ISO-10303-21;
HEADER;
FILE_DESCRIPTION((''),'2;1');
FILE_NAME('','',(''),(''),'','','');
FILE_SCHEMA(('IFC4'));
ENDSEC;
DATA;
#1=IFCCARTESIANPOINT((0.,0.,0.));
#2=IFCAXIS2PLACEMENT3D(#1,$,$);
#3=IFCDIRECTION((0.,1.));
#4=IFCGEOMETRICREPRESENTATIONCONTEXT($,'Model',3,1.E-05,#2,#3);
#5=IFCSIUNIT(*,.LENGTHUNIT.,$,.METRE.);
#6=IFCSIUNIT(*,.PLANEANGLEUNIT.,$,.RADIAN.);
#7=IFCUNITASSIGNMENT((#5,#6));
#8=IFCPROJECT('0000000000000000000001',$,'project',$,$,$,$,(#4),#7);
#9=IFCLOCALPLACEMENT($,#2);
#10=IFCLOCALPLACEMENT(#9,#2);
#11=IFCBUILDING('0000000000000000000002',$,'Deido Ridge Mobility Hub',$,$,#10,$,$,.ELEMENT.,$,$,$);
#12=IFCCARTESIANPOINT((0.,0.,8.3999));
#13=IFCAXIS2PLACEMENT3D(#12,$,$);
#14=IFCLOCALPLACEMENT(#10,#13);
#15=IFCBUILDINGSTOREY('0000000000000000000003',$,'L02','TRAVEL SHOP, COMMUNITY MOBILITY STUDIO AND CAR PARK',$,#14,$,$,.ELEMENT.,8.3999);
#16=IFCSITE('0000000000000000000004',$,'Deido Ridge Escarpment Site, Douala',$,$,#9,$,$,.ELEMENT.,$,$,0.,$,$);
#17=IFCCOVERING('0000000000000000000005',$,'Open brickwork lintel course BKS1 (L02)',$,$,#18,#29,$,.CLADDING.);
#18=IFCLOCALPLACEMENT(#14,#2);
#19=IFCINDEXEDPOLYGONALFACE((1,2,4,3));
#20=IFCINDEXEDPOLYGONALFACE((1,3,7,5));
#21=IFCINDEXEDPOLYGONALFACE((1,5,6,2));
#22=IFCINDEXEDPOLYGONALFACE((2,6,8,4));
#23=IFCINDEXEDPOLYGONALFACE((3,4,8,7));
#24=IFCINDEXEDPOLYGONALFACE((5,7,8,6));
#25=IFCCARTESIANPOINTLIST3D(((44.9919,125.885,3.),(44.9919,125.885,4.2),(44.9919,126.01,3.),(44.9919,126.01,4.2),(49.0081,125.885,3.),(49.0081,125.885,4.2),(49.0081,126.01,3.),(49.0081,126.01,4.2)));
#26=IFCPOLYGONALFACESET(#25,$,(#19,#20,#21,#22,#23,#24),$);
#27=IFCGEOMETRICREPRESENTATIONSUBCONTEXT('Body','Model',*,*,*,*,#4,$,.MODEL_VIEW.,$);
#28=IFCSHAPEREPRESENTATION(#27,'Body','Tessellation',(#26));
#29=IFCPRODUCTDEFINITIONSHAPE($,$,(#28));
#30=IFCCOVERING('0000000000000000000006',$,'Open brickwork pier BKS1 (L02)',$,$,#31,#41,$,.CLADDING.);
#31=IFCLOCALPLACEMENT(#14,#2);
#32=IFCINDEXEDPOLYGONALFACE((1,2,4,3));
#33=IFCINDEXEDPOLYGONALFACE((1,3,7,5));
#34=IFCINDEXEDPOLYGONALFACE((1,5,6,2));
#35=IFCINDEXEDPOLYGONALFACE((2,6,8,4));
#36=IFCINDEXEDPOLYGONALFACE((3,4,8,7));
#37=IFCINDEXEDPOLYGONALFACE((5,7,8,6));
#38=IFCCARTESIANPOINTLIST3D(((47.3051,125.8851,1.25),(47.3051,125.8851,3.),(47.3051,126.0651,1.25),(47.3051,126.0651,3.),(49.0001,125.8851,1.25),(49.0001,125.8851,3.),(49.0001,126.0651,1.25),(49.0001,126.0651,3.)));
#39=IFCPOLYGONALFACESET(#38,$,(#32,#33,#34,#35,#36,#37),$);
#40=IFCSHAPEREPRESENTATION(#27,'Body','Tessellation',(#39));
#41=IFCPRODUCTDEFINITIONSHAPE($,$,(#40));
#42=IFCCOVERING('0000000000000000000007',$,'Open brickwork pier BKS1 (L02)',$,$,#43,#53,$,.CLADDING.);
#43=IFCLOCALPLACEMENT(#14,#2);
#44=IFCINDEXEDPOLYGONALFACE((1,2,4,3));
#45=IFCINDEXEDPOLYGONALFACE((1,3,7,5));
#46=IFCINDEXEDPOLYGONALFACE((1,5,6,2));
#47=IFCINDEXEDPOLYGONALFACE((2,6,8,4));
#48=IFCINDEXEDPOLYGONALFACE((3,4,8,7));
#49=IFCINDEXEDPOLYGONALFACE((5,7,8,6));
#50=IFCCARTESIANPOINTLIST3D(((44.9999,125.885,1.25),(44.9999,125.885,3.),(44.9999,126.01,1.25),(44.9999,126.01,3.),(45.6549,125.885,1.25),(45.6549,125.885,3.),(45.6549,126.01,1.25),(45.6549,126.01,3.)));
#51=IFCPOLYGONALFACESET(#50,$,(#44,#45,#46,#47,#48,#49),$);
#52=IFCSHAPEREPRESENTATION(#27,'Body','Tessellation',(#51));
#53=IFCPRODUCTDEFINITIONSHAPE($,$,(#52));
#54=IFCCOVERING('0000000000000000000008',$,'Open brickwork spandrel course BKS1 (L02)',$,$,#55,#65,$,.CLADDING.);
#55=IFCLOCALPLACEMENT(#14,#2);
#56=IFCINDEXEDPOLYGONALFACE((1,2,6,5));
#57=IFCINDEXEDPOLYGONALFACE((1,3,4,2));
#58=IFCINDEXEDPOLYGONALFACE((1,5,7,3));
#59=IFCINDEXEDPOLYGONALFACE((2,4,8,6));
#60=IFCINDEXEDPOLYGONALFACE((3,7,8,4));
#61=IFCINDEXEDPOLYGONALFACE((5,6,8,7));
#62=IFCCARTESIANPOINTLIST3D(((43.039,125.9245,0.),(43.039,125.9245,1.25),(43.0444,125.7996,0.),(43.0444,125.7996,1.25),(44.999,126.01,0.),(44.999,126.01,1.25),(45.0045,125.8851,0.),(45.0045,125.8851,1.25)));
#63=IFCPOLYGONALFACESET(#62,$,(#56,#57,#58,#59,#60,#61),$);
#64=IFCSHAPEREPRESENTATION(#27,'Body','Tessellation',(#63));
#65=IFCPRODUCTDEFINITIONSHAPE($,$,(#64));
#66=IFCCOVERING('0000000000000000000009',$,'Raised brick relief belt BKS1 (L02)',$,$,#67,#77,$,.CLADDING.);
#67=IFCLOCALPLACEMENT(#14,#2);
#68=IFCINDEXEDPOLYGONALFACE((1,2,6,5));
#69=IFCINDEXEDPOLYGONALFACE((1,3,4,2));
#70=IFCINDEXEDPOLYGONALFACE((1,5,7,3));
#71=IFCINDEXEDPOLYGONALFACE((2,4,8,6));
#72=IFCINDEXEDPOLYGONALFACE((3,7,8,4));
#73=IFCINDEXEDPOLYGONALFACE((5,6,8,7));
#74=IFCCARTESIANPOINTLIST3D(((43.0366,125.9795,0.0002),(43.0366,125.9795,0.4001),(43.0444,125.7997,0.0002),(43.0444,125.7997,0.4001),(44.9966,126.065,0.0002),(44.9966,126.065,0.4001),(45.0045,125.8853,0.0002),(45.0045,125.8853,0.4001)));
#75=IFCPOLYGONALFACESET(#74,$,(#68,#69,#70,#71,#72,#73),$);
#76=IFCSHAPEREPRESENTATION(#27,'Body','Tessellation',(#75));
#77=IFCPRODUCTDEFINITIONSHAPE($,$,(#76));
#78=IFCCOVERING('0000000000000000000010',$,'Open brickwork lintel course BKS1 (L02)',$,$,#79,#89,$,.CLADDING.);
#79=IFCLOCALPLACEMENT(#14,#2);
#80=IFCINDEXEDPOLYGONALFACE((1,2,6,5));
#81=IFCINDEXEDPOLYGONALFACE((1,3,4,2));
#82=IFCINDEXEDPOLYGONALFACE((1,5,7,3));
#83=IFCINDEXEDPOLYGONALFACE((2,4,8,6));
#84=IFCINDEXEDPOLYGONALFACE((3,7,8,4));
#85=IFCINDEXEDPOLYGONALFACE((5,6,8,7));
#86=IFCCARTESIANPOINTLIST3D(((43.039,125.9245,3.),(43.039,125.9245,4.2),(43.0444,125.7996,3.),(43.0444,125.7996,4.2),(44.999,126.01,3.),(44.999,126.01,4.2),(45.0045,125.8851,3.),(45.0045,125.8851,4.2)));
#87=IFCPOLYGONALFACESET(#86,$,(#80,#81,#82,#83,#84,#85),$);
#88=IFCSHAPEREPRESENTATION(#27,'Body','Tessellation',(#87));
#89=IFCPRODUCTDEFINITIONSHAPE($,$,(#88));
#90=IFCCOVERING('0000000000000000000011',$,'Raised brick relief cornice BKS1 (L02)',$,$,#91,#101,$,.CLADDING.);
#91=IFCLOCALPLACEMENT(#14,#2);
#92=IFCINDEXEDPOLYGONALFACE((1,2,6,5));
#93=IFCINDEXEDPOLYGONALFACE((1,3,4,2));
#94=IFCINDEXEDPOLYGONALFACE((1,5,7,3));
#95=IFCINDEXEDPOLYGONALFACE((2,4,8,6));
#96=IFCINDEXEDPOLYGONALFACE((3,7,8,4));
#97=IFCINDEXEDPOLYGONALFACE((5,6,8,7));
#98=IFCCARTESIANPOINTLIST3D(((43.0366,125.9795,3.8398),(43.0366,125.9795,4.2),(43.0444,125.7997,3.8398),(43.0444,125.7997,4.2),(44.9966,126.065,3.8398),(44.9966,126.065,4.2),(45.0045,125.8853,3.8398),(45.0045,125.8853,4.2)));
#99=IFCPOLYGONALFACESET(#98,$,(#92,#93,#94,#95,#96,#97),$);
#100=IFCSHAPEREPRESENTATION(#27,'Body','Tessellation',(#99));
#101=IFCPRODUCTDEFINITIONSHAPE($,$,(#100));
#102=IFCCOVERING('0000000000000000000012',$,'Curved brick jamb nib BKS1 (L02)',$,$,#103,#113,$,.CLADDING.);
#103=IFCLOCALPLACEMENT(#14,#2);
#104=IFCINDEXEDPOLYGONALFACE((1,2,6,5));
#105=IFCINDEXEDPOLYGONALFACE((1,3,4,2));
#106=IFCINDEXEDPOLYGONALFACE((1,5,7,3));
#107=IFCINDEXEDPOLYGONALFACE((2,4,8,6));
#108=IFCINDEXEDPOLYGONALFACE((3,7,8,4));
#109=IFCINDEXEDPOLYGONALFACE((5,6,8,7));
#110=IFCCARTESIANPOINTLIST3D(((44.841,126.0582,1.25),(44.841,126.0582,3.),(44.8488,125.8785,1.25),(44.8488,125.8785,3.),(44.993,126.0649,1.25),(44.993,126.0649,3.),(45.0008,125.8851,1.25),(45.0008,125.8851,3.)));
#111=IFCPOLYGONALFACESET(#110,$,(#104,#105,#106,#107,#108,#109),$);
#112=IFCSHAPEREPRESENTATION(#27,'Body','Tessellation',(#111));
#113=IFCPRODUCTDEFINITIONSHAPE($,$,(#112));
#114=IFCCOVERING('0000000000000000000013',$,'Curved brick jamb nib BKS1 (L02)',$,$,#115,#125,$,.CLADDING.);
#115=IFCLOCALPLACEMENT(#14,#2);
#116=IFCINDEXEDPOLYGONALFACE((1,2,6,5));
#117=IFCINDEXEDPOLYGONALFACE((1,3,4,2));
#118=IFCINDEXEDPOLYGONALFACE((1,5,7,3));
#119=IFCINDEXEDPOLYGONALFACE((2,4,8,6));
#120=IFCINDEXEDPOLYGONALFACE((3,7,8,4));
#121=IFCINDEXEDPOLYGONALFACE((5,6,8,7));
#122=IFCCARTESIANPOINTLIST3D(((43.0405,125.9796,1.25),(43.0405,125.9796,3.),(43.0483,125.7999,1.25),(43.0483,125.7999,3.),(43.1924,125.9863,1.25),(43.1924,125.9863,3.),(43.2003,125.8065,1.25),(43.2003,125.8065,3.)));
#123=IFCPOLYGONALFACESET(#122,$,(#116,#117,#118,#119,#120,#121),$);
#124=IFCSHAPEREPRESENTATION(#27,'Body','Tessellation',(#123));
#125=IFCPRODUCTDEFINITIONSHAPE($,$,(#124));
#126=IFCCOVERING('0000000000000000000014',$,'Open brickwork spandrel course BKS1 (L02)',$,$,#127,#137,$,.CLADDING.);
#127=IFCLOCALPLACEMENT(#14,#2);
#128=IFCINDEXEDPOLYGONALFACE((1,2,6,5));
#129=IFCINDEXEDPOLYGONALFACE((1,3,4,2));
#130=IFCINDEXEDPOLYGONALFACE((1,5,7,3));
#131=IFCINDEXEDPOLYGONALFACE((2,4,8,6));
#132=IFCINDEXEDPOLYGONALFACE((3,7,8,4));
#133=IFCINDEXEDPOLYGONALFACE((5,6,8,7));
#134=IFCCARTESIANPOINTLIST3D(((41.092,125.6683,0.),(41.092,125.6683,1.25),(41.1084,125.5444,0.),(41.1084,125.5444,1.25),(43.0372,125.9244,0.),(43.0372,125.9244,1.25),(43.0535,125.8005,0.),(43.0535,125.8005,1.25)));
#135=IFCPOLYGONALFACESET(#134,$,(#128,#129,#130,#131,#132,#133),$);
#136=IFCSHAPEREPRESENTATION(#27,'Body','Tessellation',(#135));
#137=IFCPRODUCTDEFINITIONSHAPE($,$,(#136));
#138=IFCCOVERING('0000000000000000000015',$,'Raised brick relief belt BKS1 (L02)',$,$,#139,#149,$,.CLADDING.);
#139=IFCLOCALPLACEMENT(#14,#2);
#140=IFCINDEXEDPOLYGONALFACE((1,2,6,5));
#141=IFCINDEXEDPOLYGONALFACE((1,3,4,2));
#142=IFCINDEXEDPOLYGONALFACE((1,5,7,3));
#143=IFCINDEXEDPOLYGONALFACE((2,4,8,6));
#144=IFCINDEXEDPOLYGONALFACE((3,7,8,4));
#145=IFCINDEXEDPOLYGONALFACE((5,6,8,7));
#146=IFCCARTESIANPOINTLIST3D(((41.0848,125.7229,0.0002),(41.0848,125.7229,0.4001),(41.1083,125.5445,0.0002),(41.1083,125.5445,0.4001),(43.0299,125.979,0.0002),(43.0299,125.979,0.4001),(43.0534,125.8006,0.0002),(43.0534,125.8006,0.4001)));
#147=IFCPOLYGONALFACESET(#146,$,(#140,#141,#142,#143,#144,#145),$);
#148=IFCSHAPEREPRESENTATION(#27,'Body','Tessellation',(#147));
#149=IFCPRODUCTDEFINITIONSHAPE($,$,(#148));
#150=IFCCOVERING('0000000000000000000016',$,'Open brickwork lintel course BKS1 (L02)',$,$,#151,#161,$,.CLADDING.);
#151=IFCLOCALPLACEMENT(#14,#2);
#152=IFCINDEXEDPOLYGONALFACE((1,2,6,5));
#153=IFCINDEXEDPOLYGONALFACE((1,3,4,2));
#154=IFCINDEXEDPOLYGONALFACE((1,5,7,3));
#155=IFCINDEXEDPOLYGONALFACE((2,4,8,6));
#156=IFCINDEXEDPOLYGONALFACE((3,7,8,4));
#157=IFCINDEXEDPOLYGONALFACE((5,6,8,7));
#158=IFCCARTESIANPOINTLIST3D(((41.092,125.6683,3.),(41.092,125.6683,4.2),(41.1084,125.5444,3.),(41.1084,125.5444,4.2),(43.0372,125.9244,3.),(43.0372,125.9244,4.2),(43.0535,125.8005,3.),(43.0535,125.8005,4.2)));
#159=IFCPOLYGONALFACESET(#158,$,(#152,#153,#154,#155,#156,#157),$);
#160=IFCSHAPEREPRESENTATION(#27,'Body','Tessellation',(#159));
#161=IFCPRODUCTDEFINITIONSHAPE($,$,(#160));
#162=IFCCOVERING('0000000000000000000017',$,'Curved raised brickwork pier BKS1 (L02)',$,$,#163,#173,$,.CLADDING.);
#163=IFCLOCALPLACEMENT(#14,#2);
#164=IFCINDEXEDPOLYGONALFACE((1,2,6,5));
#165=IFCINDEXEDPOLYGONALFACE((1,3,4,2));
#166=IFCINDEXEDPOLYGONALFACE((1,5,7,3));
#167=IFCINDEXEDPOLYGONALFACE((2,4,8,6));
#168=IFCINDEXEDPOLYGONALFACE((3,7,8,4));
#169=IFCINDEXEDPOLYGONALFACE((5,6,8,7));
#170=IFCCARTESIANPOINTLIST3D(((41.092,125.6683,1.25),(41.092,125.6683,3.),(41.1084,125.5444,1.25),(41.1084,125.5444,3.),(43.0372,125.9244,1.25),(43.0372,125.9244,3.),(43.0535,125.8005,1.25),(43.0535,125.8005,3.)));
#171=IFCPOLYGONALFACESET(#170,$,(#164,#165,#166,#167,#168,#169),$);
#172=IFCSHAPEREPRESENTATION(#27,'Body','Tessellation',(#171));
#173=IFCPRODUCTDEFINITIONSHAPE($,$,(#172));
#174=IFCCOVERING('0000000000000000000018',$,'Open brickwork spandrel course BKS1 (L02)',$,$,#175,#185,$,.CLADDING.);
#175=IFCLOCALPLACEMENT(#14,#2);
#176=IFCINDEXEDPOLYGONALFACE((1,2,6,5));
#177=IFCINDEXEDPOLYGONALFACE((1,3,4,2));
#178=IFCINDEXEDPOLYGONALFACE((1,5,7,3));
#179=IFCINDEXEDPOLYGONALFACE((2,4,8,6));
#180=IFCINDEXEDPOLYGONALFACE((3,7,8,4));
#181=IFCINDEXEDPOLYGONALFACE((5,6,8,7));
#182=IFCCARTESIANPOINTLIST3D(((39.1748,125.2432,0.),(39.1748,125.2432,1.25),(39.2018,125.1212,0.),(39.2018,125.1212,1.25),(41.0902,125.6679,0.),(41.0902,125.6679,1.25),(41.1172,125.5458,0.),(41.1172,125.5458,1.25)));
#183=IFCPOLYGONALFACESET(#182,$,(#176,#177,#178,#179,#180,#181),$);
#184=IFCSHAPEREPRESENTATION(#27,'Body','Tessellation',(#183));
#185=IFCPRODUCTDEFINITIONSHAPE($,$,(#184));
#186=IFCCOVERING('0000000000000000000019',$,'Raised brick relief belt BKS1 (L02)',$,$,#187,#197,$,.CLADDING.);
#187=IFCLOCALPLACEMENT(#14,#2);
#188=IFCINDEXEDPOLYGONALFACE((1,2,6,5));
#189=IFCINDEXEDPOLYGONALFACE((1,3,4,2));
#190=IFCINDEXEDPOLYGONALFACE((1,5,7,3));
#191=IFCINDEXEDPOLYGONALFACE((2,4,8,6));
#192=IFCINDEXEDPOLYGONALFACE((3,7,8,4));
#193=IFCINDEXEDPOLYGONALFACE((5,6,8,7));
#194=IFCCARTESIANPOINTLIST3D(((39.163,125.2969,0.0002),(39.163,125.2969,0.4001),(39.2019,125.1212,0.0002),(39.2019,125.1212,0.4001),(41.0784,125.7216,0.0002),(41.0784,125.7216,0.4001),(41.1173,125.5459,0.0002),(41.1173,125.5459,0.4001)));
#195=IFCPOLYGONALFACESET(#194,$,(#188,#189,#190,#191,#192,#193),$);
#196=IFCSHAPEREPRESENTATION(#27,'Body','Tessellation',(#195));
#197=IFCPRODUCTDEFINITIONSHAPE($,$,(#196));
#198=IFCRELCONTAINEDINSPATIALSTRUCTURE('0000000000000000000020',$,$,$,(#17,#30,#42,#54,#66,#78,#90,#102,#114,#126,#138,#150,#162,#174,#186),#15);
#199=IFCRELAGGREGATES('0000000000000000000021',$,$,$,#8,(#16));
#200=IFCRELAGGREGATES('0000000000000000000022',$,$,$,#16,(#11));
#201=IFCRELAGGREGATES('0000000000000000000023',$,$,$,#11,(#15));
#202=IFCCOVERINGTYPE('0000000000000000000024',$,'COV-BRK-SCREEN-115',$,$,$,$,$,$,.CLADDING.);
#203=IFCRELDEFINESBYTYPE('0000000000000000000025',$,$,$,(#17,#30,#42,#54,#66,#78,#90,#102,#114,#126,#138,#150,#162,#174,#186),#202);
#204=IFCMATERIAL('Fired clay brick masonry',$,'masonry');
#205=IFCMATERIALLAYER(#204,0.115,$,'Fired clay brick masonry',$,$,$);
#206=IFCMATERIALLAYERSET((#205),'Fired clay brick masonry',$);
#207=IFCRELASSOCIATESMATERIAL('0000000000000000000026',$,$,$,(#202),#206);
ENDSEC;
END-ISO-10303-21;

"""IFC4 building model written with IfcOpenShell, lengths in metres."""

from ifc_helpers import new_model, si_unit, direction, frame, origin, origin_2d, place, context, subcontext, project, spatial, rectangle, extrude, material, layer, layer_set, type_object, element, save


model = new_model("IFC4")

# Units and contexts
model_context = context("Model", 3, precision=1e-05, world=origin(), true_north=direction((0.0, 1.0)))
body_context = subcontext(model_context, "Body", "Model", "MODEL_VIEW")
ifc_project = project(units=[si_unit("LENGTHUNIT", "METRE"), si_unit("PLANEANGLEUNIT", "RADIAN")], contexts=[model_context])

# Site, building, storey
site_placement = place(None, origin())
site = spatial("IfcSite", under=ifc_project, at=site_placement, Name="Deido Ridge Escarpment Site, Douala", CompositionType="ELEMENT", RefElevation=0.0)
building_placement = place(site_placement, origin())
building = spatial("IfcBuilding", under=site, at=building_placement, Name="Deido Ridge Mobility Hub", CompositionType="ELEMENT")
storey_placement = place(building_placement, frame((0.0, 0.0, 8.3999)))
storey = spatial("IfcBuildingStorey", under=building, at=storey_placement, Name="L02", Description="TRAVEL SHOP, COMMUNITY MOBILITY STUDIO AND CAR PARK", CompositionType="ELEMENT", Elevation=8.3999)

# Coverings
ifc_material_1 = material(Name="Fired clay brick masonry", Category="masonry")
ifc_layer = layer(ifc_material_1, 0.115, Name="Fired clay brick masonry")
ifc_layer_set = layer_set([ifc_layer], Name="Fired clay brick masonry")
covering_type = type_object("IfcCoveringType", Name="COV-BRK-SCREEN-115", PredefinedType="CLADDING", material=ifc_layer_set)
covering_1_placement = place(storey_placement, frame((47.0, 125.9475, 3.0), z_axis=(0.0, 0.0, 1.0), x_axis=(-1.0, 0.0, 0.0)))
element("IfcCovering", 1, at=covering_1_placement, inside=storey, type_object=covering_type, Name="Open brickwork lintel course BKS1 (L02)", PredefinedType="CLADDING", context=body_context, shape_type="SweptSolid", body=[
    extrude(rectangle(XDim=4.0161, YDim=0.125, at=origin_2d()), origin(), (0.0, 0.0, 1.0), 1.2),
])
covering_2_placement = place(storey_placement, frame((48.1526, 125.9751, 1.25), z_axis=(0.0, 0.0, 1.0), x_axis=(-1.0, 0.0, 0.0)))
element("IfcCovering", 2, at=covering_2_placement, inside=storey, type_object=covering_type, Name="Open brickwork pier BKS1 (L02)", PredefinedType="CLADDING", context=body_context, shape_type="SweptSolid", body=[
    extrude(rectangle(XDim=1.6951, YDim=0.1799, at=origin_2d()), origin(), (0.0, 0.0, 1.0), 1.75),
])
covering_3_placement = place(storey_placement, frame((45.3274, 125.9475, 1.25), z_axis=(0.0, 0.0, 1.0), x_axis=(-1.0, 0.0, 0.0)))
element("IfcCovering", 3, at=covering_3_placement, inside=storey, type_object=covering_type, Name="Open brickwork pier BKS1 (L02)", PredefinedType="CLADDING", context=body_context, shape_type="SweptSolid", body=[
    extrude(rectangle(XDim=0.655, YDim=0.125, at=origin_2d()), origin(), (0.0, 0.0, 1.0), 1.75),
])
covering_4_placement = place(storey_placement, frame((44.0217, 125.9048, 0.0), z_axis=(0.0, 0.0, 1.0), x_axis=(-0.999049, -0.043602, 0.0)))
element("IfcCovering", 4, at=covering_4_placement, inside=storey, type_object=covering_type, Name="Open brickwork spandrel course BKS1 (L02)", PredefinedType="CLADDING", context=body_context, shape_type="SweptSolid", body=[
    extrude(rectangle(XDim=1.9619, YDim=0.125, at=origin_2d()), origin(), (0.0, 0.0, 1.0), 1.25),
])
covering_5_placement = place(storey_placement, frame((44.0205, 125.9324, 0.0002), z_axis=(0.0, 0.0, 1.0), x_axis=(-0.999049, -0.043602, 0.0)))
element("IfcCovering", 5, at=covering_5_placement, inside=storey, type_object=covering_type, Name="Raised brick relief belt BKS1 (L02)", PredefinedType="CLADDING", context=body_context, shape_type="SweptSolid", body=[
    extrude(rectangle(XDim=1.9619, YDim=0.1799, at=origin_2d()), origin(), (0.0, 0.0, 1.0), 0.3999),
])
covering_6_placement = place(storey_placement, frame((44.0217, 125.9048, 3.0), z_axis=(0.0, 0.0, 1.0), x_axis=(-0.999049, -0.043602, 0.0)))
element("IfcCovering", 6, at=covering_6_placement, inside=storey, type_object=covering_type, Name="Open brickwork lintel course BKS1 (L02)", PredefinedType="CLADDING", context=body_context, shape_type="SweptSolid", body=[
    extrude(rectangle(XDim=1.9619, YDim=0.125, at=origin_2d()), origin(), (0.0, 0.0, 1.0), 1.2),
])
covering_7_placement = place(storey_placement, frame((44.0205, 125.9324, 3.8398), z_axis=(0.0, 0.0, 1.0), x_axis=(-0.999049, -0.043602, 0.0)))
element("IfcCovering", 7, at=covering_7_placement, inside=storey, type_object=covering_type, Name="Raised brick relief cornice BKS1 (L02)", PredefinedType="CLADDING", context=body_context, shape_type="SweptSolid", body=[
    extrude(rectangle(XDim=1.9619, YDim=0.1799, at=origin_2d()), origin(), (0.0, 0.0, 1.0), 0.3601),
])
for number, where, z_axis, x_axis, name in (
    (8, (44.9209, 125.9717, 1.25), (0.0, 0.0, 1.0), (-0.999049, -0.043602, 0.0), "Curved brick jamb nib BKS1 (L02)"),
    (9, (43.1204, 125.8931, 1.25), (0.0, 0.0, 1.0), (-0.999049, -0.043602, 0.0), "Curved brick jamb nib BKS1 (L02)"),
):
    element("IfcCovering", number, at=place(storey_placement, frame(where, z_axis=z_axis, x_axis=x_axis)), inside=storey, type_object=covering_type, Name=name, PredefinedType="CLADDING", context=body_context, shape_type="SweptSolid", body=[
        extrude(rectangle(XDim=0.1521, YDim=0.1799, at=origin_2d()), origin(), (0.0, 0.0, 1.0), 1.75),
    ])
covering_8_placement = place(storey_placement, frame((42.0728, 125.7344, 0.0), z_axis=(0.0, 0.0, 1.0), x_axis=(-0.991443, -0.130543, 0.0)))
element("IfcCovering", 10, at=covering_8_placement, inside=storey, type_object=covering_type, Name="Open brickwork spandrel course BKS1 (L02)", PredefinedType="CLADDING", context=body_context, shape_type="SweptSolid", body=[
    extrude(rectangle(XDim=1.9619, YDim=0.125, at=origin_2d()), origin(), (0.0, 0.0, 1.0), 1.25),
])
covering_9_placement = place(storey_placement, frame((42.0691, 125.7617, 0.0002), z_axis=(0.0, 0.0, 1.0), x_axis=(-0.991443, -0.130543, 0.0)))
element("IfcCovering", 11, at=covering_9_placement, inside=storey, type_object=covering_type, Name="Raised brick relief belt BKS1 (L02)", PredefinedType="CLADDING", context=body_context, shape_type="SweptSolid", body=[
    extrude(rectangle(XDim=1.9619, YDim=0.1799, at=origin_2d()), origin(), (0.0, 0.0, 1.0), 0.3999),
])
covering_10_placement = place(storey_placement, frame((42.0728, 125.7344, 3.0), z_axis=(0.0, 0.0, 1.0), x_axis=(-0.991443, -0.130543, 0.0)))
element("IfcCovering", 12, at=covering_10_placement, inside=storey, type_object=covering_type, Name="Open brickwork lintel course BKS1 (L02)", PredefinedType="CLADDING", context=body_context, shape_type="SweptSolid", body=[
    extrude(rectangle(XDim=1.9619, YDim=0.125, at=origin_2d()), origin(), (0.0, 0.0, 1.0), 1.2),
])
covering_11_placement = place(storey_placement, frame((42.0728, 125.7344, 1.25), z_axis=(0.0, 0.0, 1.0), x_axis=(-0.991443, -0.130543, 0.0)))
element("IfcCovering", 13, at=covering_11_placement, inside=storey, type_object=covering_type, Name="Curved raised brickwork pier BKS1 (L02)", PredefinedType="CLADDING", context=body_context, shape_type="SweptSolid", body=[
    extrude(rectangle(XDim=1.9619, YDim=0.125, at=origin_2d()), origin(), (0.0, 0.0, 1.0), 1.75),
])
covering_12_placement = place(storey_placement, frame((40.146, 125.3945, 0.0), z_axis=(0.0, 0.0, 1.0), x_axis=(-0.976292, -0.216457, 0.0)))
element("IfcCovering", 14, at=covering_12_placement, inside=storey, type_object=covering_type, Name="Open brickwork spandrel course BKS1 (L02)", PredefinedType="CLADDING", context=body_context, shape_type="SweptSolid", body=[
    extrude(rectangle(XDim=1.9619, YDim=0.125, at=origin_2d()), origin(), (0.0, 0.0, 1.0), 1.25),
])
covering_13_placement = place(storey_placement, frame((40.1401, 125.4214, 0.0002), z_axis=(0.0, 0.0, 1.0), x_axis=(-0.976292, -0.216457, 0.0)))
element("IfcCovering", 15, at=covering_13_placement, inside=storey, type_object=covering_type, Name="Raised brick relief belt BKS1 (L02)", PredefinedType="CLADDING", context=body_context, shape_type="SweptSolid", body=[
    extrude(rectangle(XDim=1.9619, YDim=0.1799, at=origin_2d()), origin(), (0.0, 0.0, 1.0), 0.3999),
])

save(model, "model.ifc")
